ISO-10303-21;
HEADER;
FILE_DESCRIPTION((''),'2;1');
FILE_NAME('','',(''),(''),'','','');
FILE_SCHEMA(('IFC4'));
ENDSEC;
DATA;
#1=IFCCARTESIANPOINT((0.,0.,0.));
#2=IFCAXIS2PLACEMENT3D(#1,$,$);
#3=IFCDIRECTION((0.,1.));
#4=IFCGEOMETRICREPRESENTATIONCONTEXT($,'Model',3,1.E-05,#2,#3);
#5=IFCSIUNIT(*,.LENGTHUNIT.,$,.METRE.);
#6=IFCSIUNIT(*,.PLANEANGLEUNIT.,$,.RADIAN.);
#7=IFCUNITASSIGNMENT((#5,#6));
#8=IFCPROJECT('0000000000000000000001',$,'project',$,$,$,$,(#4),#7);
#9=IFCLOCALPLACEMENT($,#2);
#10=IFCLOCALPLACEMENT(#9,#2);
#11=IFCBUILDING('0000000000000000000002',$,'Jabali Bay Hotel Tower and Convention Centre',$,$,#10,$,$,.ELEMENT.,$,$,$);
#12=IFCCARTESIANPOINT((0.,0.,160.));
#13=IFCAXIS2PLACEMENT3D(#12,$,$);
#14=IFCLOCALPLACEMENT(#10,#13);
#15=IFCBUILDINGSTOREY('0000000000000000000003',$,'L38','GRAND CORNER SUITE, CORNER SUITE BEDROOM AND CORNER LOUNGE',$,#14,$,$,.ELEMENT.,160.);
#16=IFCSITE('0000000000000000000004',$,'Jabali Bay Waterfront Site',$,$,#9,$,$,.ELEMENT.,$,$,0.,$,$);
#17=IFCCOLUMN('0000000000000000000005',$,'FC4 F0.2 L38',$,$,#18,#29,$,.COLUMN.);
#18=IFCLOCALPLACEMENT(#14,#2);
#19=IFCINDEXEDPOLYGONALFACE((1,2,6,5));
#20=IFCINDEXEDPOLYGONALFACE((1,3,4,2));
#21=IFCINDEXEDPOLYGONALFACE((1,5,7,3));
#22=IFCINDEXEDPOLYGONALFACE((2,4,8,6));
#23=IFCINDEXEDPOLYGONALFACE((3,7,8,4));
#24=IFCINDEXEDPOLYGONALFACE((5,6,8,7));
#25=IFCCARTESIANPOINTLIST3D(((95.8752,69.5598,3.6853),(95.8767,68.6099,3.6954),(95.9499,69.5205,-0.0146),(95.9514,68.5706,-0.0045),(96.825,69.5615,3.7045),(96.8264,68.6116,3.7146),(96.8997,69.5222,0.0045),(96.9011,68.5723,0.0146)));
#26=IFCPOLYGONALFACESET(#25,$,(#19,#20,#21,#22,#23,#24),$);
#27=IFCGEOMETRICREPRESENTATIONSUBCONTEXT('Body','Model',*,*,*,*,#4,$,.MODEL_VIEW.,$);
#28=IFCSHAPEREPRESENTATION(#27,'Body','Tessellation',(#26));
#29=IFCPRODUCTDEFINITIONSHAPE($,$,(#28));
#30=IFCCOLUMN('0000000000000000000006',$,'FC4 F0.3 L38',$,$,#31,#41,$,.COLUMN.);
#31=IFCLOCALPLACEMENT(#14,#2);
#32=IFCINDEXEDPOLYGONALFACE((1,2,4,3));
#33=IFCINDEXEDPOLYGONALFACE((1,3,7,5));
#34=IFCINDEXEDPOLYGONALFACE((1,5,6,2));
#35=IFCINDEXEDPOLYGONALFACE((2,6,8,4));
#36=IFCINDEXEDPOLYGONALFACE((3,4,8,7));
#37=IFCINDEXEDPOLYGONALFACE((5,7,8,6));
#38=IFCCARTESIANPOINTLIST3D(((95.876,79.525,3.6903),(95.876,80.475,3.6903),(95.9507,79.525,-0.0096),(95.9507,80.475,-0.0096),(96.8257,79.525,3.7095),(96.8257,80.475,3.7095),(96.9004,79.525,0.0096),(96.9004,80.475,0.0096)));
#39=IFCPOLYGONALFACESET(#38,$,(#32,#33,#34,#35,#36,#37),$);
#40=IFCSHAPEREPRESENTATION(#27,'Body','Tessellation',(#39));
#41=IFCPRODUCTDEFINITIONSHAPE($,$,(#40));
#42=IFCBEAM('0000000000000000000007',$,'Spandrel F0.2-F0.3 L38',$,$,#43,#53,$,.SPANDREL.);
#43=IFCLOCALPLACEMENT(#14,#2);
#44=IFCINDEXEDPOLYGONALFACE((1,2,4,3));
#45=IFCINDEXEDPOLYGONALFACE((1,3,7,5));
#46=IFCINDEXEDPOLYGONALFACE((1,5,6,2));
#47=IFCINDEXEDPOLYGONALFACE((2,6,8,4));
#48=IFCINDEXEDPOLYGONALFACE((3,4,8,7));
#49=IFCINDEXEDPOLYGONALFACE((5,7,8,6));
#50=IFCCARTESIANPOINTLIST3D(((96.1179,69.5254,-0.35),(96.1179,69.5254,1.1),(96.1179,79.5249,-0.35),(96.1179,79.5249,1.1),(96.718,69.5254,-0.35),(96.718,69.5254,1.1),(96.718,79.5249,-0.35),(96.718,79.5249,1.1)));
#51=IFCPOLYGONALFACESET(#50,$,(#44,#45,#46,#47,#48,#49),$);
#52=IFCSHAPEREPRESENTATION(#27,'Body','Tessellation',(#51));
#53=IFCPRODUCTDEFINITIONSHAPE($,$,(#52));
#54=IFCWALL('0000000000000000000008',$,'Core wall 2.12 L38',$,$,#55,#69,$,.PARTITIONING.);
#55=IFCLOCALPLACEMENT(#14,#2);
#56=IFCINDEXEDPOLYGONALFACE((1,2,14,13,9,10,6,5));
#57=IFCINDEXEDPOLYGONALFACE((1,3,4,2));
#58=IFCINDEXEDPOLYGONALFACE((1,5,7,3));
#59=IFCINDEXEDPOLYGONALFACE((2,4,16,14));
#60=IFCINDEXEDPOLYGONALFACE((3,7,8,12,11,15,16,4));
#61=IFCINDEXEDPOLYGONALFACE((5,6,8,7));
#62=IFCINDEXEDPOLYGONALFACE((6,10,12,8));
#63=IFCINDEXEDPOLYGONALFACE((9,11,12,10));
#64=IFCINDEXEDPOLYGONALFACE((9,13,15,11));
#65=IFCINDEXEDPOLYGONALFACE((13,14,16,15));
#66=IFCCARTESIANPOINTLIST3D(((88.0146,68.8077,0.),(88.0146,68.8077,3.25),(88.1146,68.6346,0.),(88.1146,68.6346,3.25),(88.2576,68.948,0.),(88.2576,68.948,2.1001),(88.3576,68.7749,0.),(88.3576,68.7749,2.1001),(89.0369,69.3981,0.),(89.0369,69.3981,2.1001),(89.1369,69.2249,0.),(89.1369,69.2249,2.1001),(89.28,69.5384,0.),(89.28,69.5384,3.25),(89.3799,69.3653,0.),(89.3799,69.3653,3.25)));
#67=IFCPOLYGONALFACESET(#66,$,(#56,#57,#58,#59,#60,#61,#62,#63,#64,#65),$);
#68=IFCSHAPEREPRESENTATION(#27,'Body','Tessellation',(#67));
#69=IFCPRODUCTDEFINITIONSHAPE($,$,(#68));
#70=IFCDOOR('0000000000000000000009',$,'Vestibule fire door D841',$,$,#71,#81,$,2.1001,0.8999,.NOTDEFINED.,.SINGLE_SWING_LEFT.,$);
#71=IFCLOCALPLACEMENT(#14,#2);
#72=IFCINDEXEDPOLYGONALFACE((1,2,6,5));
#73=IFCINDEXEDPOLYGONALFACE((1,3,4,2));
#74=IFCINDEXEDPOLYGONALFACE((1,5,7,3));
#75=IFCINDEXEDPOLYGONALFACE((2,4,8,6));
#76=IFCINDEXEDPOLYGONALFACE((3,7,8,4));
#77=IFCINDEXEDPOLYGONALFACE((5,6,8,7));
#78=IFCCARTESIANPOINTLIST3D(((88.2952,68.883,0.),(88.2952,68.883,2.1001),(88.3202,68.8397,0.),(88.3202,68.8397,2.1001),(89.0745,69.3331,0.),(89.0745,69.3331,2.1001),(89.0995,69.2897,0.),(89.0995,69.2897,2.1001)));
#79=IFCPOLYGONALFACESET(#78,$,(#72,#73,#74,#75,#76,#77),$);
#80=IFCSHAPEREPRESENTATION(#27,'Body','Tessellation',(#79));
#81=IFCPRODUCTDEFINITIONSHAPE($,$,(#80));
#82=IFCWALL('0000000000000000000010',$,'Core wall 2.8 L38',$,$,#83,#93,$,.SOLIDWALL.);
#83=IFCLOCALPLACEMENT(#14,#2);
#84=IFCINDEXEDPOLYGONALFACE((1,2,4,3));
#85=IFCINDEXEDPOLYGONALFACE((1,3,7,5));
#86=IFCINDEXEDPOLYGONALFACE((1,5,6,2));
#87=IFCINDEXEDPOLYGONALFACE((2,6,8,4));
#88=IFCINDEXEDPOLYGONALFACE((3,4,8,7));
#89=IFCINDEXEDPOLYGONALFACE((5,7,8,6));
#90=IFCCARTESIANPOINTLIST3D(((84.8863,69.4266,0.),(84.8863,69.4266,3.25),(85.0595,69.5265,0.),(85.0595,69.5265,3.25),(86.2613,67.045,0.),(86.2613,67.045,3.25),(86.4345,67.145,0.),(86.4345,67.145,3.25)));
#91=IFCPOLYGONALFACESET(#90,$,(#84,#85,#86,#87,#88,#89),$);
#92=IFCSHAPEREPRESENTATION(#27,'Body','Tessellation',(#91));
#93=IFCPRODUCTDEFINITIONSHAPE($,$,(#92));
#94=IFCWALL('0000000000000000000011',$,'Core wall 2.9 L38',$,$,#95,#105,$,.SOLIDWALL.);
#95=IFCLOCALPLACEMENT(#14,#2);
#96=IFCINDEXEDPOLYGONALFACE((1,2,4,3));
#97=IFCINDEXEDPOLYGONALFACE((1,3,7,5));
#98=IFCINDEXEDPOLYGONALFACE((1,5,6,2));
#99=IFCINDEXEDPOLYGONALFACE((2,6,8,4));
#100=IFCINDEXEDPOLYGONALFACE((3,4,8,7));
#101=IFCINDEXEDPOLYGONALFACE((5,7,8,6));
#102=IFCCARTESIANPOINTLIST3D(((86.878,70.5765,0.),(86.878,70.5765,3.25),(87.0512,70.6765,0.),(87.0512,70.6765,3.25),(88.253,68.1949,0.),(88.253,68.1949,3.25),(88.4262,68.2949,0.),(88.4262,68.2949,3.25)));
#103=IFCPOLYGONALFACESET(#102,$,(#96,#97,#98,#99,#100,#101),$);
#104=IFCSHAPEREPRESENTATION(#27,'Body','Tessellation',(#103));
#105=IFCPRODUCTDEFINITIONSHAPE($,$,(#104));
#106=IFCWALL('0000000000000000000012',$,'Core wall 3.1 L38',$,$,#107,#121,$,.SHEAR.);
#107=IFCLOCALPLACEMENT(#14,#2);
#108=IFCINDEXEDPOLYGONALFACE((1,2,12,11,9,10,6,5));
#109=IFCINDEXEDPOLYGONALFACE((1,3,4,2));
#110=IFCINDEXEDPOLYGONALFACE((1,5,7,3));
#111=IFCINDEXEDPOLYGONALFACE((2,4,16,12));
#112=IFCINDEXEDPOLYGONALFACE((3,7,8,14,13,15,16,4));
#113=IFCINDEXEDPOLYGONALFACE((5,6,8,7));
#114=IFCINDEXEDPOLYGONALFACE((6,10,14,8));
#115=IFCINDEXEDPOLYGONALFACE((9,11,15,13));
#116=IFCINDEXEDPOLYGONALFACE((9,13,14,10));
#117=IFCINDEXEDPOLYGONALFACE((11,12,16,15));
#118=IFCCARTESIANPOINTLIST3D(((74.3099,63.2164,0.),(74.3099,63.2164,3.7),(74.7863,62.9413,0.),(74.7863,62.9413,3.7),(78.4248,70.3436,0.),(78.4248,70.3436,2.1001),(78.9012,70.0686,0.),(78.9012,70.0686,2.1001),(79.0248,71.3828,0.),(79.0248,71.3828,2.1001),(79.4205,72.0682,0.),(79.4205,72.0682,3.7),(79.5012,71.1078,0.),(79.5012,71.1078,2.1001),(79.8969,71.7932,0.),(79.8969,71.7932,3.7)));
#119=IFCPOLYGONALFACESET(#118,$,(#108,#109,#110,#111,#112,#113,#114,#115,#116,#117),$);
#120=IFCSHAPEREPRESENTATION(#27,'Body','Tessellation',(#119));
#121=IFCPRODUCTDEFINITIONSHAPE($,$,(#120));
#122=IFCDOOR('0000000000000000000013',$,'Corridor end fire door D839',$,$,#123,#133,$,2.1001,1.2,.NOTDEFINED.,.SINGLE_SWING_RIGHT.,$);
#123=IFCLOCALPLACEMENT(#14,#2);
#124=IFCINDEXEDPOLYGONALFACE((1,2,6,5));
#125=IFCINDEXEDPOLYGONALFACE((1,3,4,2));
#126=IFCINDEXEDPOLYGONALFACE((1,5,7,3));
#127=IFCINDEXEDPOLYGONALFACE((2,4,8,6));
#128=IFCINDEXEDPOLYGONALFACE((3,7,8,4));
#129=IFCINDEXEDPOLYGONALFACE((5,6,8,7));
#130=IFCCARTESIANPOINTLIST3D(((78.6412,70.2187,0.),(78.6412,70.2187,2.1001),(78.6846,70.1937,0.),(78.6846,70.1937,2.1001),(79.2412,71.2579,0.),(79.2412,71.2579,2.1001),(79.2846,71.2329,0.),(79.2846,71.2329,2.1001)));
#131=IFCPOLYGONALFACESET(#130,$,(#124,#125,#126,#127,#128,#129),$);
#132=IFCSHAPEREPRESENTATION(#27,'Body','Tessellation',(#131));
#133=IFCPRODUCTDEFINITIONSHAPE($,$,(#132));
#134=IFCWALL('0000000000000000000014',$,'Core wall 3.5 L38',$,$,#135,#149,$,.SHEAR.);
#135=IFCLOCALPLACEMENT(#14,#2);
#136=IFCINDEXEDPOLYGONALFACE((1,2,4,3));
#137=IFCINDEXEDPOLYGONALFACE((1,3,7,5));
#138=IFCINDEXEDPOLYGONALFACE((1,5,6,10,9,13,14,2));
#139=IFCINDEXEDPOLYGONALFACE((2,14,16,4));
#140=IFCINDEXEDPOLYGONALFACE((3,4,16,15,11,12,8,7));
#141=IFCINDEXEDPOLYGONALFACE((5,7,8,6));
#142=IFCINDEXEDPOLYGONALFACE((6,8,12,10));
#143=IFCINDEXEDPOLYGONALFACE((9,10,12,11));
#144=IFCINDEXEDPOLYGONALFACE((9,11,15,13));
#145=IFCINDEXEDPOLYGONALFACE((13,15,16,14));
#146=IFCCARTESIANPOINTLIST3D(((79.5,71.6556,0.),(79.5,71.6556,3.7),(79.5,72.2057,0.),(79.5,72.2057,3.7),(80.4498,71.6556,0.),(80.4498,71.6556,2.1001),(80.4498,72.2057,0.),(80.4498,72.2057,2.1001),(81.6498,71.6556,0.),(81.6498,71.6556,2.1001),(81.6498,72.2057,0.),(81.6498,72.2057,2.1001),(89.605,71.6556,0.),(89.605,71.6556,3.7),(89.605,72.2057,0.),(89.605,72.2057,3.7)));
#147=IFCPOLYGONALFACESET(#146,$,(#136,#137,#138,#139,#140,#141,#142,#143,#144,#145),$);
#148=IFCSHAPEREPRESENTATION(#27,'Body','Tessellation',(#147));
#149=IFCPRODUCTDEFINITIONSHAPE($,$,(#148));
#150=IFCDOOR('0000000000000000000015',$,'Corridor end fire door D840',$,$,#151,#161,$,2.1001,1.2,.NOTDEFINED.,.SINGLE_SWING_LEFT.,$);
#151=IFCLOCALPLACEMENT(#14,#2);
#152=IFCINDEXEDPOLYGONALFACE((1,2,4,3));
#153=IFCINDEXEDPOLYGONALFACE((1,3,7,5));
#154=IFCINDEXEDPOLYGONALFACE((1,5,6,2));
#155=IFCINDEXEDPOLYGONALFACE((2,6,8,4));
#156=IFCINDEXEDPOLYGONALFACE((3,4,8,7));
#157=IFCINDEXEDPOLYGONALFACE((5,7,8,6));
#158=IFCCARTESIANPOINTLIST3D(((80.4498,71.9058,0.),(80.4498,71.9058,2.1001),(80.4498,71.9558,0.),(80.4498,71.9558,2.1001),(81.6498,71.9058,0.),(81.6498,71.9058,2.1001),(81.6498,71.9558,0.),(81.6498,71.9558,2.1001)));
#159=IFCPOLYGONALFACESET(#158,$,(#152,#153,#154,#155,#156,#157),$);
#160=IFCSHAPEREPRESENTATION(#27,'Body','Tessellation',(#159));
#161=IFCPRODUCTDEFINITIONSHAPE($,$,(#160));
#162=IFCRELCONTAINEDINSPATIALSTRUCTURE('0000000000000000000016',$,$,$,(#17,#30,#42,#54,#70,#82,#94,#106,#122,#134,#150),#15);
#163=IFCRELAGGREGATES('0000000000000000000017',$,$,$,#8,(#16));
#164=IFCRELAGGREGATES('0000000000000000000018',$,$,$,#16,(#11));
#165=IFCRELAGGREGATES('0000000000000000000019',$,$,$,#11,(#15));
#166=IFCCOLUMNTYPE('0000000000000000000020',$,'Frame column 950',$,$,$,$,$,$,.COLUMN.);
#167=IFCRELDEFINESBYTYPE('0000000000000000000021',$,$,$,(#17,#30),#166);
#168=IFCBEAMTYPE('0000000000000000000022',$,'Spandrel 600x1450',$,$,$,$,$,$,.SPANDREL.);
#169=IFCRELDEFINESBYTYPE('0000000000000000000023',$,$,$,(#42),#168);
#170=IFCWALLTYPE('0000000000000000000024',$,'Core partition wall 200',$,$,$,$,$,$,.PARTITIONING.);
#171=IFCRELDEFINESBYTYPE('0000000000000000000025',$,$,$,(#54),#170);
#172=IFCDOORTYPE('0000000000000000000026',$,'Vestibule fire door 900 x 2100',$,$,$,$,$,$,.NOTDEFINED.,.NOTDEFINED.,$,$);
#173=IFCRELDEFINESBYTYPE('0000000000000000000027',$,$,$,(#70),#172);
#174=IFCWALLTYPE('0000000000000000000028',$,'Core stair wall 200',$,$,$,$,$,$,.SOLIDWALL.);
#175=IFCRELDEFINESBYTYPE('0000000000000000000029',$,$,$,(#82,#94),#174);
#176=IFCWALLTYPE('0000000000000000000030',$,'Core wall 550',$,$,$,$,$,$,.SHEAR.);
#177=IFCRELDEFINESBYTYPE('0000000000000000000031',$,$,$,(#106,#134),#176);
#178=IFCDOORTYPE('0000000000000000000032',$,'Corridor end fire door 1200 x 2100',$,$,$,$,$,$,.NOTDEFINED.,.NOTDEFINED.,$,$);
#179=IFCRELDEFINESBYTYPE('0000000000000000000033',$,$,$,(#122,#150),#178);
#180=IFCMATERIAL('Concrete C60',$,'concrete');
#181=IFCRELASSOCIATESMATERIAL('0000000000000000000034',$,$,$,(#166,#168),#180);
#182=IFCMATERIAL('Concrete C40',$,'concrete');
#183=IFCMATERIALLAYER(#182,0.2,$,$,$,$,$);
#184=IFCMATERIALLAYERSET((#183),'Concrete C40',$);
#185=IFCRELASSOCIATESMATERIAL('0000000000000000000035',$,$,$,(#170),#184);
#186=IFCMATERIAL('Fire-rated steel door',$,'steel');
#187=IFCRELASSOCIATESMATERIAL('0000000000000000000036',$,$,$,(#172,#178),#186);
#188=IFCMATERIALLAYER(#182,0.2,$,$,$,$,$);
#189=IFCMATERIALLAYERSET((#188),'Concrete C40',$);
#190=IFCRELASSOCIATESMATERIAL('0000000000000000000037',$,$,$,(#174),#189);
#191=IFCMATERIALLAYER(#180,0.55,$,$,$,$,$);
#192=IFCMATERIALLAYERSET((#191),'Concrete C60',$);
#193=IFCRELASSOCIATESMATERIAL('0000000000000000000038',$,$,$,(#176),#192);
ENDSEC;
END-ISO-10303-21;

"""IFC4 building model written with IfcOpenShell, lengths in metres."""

from ifc_helpers import new_model, si_unit, direction, frame, frame_2d, origin, origin_2d, place, context, subcontext, project, spatial, rectangle, extrude, material, layer, layer_set, material_profile, profile_set, type_object, element, fill, save


model = new_model("IFC4")

# Units and contexts
model_context = context("Model", 3, precision=1e-05, world=origin(), true_north=direction((0.0, 1.0)))
body_context = subcontext(model_context, "Body", "Model", "MODEL_VIEW")
ifc_project = project(units=[si_unit("LENGTHUNIT", "METRE"), si_unit("PLANEANGLEUNIT", "RADIAN")], contexts=[model_context])

# Site, building, storey
site_placement = place(None, origin())
site = spatial("IfcSite", under=ifc_project, at=site_placement, Name="Jabali Bay Waterfront Site", CompositionType="ELEMENT", RefElevation=0.0)
building_placement = place(site_placement, origin())
building = spatial("IfcBuilding", under=site, at=building_placement, Name="Jabali Bay Hotel Tower and Convention Centre", CompositionType="ELEMENT")
storey_placement = place(building_placement, frame((0.0, 0.0, 160.0)))
storey = spatial("IfcBuildingStorey", under=building, at=storey_placement, Name="L38", Description="GRAND CORNER SUITE, CORNER SUITE BEDROOM AND CORNER LOUNGE", CompositionType="ELEMENT", Elevation=160.0)

# Columns
ifc_material_1 = material(Name="Concrete C60", Category="concrete")
ifc_material_profile_1 = material_profile(ifc_material_1, rectangle(XDim=0.95, YDim=0.95, at=origin_2d()), Name="Frame column 950")
ifc_profile_set_1 = profile_set([ifc_material_profile_1], Name="Concrete C60")
column_type = type_object("IfcColumnType", Name="Frame column 950", PredefinedType="COLUMN", material=ifc_profile_set_1)
column_1_placement = place(storey_placement, frame((96.4255, 69.0464, 0.0), z_axis=(-0.020186, 0.010621, 0.99974), x_axis=(0.001533, -0.999942, 0.010654)))
element("IfcColumn", 1, at=column_1_placement, inside=storey, type_object=column_type, Name="FC4 F0.2 L38", PredefinedType="COLUMN", context=body_context, shape_type="SweptSolid", body=[
    extrude(rectangle(XDim=0.95, YDim=0.95, at=origin_2d()), origin(), (0.0, 0.0, 1.0), 3.7009),
])
column_2_placement = place(storey_placement, frame((96.4255, 80.0, 0.0), z_axis=(-0.020187, 0.0, 0.999796), x_axis=(0.0, -1.0, 0.0)))
element("IfcColumn", 2, at=column_2_placement, inside=storey, type_object=column_type, Name="FC4 F0.3 L38", PredefinedType="COLUMN", context=body_context, shape_type="SweptSolid", body=[
    extrude(rectangle(XDim=0.95, YDim=0.95, at=origin_2d()), origin(), (0.0, 0.0, 1.0), 3.7007),
])

# Beam
ifc_material_profile_2 = material_profile(ifc_material_1, rectangle(XDim=0.6001, YDim=1.45, at=origin_2d()), Name="Spandrel 600x1450")
ifc_profile_set_2 = profile_set([ifc_material_profile_2], Name="Concrete C60")
beam_type = type_object("IfcBeamType", Name="Spandrel 600x1450", PredefinedType="SPANDREL", material=ifc_profile_set_2)
beam_placement = place(storey_placement, frame((96.418, 69.5254, 0.375), z_axis=(0.0, 1.0, 0.0), x_axis=(-1.0, 0.0, 0.0)))
element("IfcBeam", 3, at=beam_placement, inside=storey, type_object=beam_type, Name="Spandrel F0.2-F0.3 L38", PredefinedType="SPANDREL", context=body_context, shape_type="SweptSolid", body=[
    extrude(rectangle(XDim=0.6001, YDim=1.45, at=origin_2d()), origin(), (0.0, 0.0, 1.0), 9.9995),
])

# Wall, opening, door
ifc_material_2 = material(Name="Concrete C40", Category="concrete")
ifc_layer_1 = layer(ifc_material_2, 0.2)
ifc_layer_set_1 = layer_set([ifc_layer_1], Name="Concrete C40")
wall_type_1 = type_object("IfcWallType", Name="Core partition wall 200", PredefinedType="PARTITIONING", material=ifc_layer_set_1)
wall_1_placement = place(storey_placement, frame((88.0647, 68.7212, 0.0), z_axis=(0.0, 0.0, 1.0), x_axis=(0.865982, 0.500074, 0.0)))
wall_1 = element("IfcWall", 4, at=wall_1_placement, inside=storey, type_object=wall_type_1, Name="Core wall 2.12 L38", PredefinedType="PARTITIONING", context=body_context, shape_type="SweptSolid", body=[
    extrude(rectangle(XDim=1.4612, YDim=0.2, at=frame_2d((0.7305, 0.0))), origin(), (0.0, 0.0, 1.0), 3.25),
])
opening_1_placement = place(wall_1_placement, frame((0.2805, 0.0, 0.0)))
opening_1 = element("IfcOpeningElement", 5, at=opening_1_placement, cuts=wall_1, PredefinedType="OPENING", context=body_context, shape_type="SweptSolid", body=[
    extrude(rectangle(XDim=0.8999, YDim=2.1001, at=frame_2d((0.45, 1.05))), frame((0.0, 0.1104, 0.0), z_axis=(0.0, -1.0, 0.0), x_axis=(1.0, 0.0, 0.0)), (0.0, 0.0, 1.0), 0.2209),
])
ifc_material_3 = material(Name="Fire-rated steel door", Category="steel")
door_type_1 = type_object("IfcDoorType", Name="Vestibule fire door 900 x 2100", OperationType="NOTDEFINED", PredefinedType="NOTDEFINED", material=ifc_material_3)
door_1_placement = place(opening_1_placement, origin())
door_1 = element("IfcDoor", 6, at=door_1_placement, inside=storey, type_object=door_type_1, Name="Vestibule fire door D841", OperationType="SINGLE_SWING_LEFT", OverallHeight=2.1001, OverallWidth=0.8999, PredefinedType="NOTDEFINED", context=body_context, shape_type="SweptSolid", body=[
    extrude(rectangle(XDim=0.8999, YDim=2.1001, at=frame_2d((0.45, 1.05))), frame((0.0, 0.0249, 0.0), z_axis=(0.0, -1.0, 0.0), x_axis=(1.0, 0.0, 0.0)), (0.0, 0.0, 1.0), 0.05),
])
fill(opening_1, door_1)

# Walls
ifc_layer_2 = layer(ifc_material_2, 0.2)
ifc_layer_set_2 = layer_set([ifc_layer_2], Name="Concrete C40")
wall_type_2 = type_object("IfcWallType", Name="Core stair wall 200", PredefinedType="SOLIDWALL", material=ifc_layer_set_2)
for number, where, z_axis, x_axis, name in (
    (7, (84.9729, 69.4766, 0.0), (0.0, 0.0, 1.0), (0.499997, -0.866027, 0.0), "Core wall 2.8 L38"),
    (8, (86.9646, 70.6265, 0.0), (0.0, 0.0, 1.0), (0.499997, -0.866027, 0.0), "Core wall 2.9 L38"),
):
    element("IfcWall", number, at=place(storey_placement, frame(where, z_axis=z_axis, x_axis=x_axis)), inside=storey, type_object=wall_type_2, Name=name, PredefinedType="SOLIDWALL", context=body_context, shape_type="SweptSolid", body=[
        extrude(rectangle(XDim=2.75, YDim=0.2, at=frame_2d((1.375, 0.0))), origin(), (0.0, 0.0, 1.0), 3.25),
    ])

# Walls, openings, doors
ifc_layer_3 = layer(ifc_material_1, 0.55)
ifc_layer_set_3 = layer_set([ifc_layer_3], Name="Concrete C60")
wall_type_3 = type_object("IfcWallType", Name="Core wall 550", PredefinedType="SHEAR", material=ifc_layer_set_3)
wall_2_placement = place(storey_placement, frame((79.6587, 71.9307, 0.0), z_axis=(0.0, 0.0, 1.0), x_axis=(-0.5, -0.866025, 0.0)))
wall_2 = element("IfcWall", 9, at=wall_2_placement, inside=storey, type_object=wall_type_3, Name="Core wall 3.1 L38", PredefinedType="SHEAR", context=body_context, shape_type="SweptSolid", body=[
    extrude(rectangle(XDim=10.2212, YDim=0.55, at=frame_2d((5.1106, 0.0))), origin(), (0.0, 0.0, 1.0), 3.7),
])
opening_2_placement = place(wall_2_placement, frame((0.7913, 0.0, 0.0)))
opening_2 = element("IfcOpeningElement", 10, at=opening_2_placement, cuts=wall_2, PredefinedType="OPENING", context=body_context, shape_type="SweptSolid", body=[
    extrude(rectangle(XDim=1.2, YDim=2.1001, at=frame_2d((0.6001, 1.05))), frame((0.0, 0.2856, 0.0), z_axis=(0.0, -1.0, 0.0), x_axis=(1.0, 0.0, 0.0)), (0.0, 0.0, 1.0), 0.571),
])
door_type_2 = type_object("IfcDoorType", Name="Corridor end fire door 1200 x 2100", OperationType="NOTDEFINED", PredefinedType="NOTDEFINED", material=ifc_material_3)
door_2_placement = place(opening_2_placement, origin())
door_2 = element("IfcDoor", 11, at=door_2_placement, inside=storey, type_object=door_type_2, Name="Corridor end fire door D839", OperationType="SINGLE_SWING_RIGHT", OverallHeight=2.1001, OverallWidth=1.2, PredefinedType="NOTDEFINED", context=body_context, shape_type="SweptSolid", body=[
    extrude(rectangle(XDim=1.2, YDim=2.1001, at=frame_2d((0.6001, 1.05))), frame((0.0, 0.0249, 0.0), z_axis=(0.0, -1.0, 0.0), x_axis=(1.0, 0.0, 0.0)), (0.0, 0.0, 1.0), 0.05),
])
fill(opening_2, door_2)
wall_3_placement = place(storey_placement, frame((89.605, 71.9307, 0.0), z_axis=(0.0, 0.0, 1.0), x_axis=(-1.0, 0.0, 0.0)))
wall_3 = element("IfcWall", 12, at=wall_3_placement, inside=storey, type_object=wall_type_3, Name="Core wall 3.5 L38", PredefinedType="SHEAR", context=body_context, shape_type="SweptSolid", body=[
    extrude(rectangle(XDim=10.105, YDim=0.55, at=frame_2d((5.0525, 0.0))), origin(), (0.0, 0.0, 1.0), 3.7),
])
opening_3_placement = place(wall_3_placement, frame((7.9551, 0.0, 0.0)))
opening_3 = element("IfcOpeningElement", 13, at=opening_3_placement, cuts=wall_3, PredefinedType="OPENING", context=body_context, shape_type="SweptSolid", body=[
    extrude(rectangle(XDim=1.2, YDim=2.1001, at=frame_2d((0.6001, 1.05))), frame((0.0, 0.2856, 0.0), z_axis=(0.0, -1.0, 0.0), x_axis=(1.0, 0.0, 0.0)), (0.0, 0.0, 1.0), 0.571),
])
door_3_placement = place(opening_3_placement, origin())
door_3 = element("IfcDoor", 14, at=door_3_placement, inside=storey, type_object=door_type_2, Name="Corridor end fire door D840", OperationType="SINGLE_SWING_LEFT", OverallHeight=2.1001, OverallWidth=1.2, PredefinedType="NOTDEFINED", context=body_context, shape_type="SweptSolid", body=[
    extrude(rectangle(XDim=1.2, YDim=2.1001, at=frame_2d((0.6001, 1.05))), frame((0.0, 0.0249, 0.0), z_axis=(0.0, -1.0, 0.0), x_axis=(1.0, 0.0, 0.0)), (0.0, 0.0, 1.0), 0.05),
])
fill(opening_3, door_3)

save(model, "model.ifc")
